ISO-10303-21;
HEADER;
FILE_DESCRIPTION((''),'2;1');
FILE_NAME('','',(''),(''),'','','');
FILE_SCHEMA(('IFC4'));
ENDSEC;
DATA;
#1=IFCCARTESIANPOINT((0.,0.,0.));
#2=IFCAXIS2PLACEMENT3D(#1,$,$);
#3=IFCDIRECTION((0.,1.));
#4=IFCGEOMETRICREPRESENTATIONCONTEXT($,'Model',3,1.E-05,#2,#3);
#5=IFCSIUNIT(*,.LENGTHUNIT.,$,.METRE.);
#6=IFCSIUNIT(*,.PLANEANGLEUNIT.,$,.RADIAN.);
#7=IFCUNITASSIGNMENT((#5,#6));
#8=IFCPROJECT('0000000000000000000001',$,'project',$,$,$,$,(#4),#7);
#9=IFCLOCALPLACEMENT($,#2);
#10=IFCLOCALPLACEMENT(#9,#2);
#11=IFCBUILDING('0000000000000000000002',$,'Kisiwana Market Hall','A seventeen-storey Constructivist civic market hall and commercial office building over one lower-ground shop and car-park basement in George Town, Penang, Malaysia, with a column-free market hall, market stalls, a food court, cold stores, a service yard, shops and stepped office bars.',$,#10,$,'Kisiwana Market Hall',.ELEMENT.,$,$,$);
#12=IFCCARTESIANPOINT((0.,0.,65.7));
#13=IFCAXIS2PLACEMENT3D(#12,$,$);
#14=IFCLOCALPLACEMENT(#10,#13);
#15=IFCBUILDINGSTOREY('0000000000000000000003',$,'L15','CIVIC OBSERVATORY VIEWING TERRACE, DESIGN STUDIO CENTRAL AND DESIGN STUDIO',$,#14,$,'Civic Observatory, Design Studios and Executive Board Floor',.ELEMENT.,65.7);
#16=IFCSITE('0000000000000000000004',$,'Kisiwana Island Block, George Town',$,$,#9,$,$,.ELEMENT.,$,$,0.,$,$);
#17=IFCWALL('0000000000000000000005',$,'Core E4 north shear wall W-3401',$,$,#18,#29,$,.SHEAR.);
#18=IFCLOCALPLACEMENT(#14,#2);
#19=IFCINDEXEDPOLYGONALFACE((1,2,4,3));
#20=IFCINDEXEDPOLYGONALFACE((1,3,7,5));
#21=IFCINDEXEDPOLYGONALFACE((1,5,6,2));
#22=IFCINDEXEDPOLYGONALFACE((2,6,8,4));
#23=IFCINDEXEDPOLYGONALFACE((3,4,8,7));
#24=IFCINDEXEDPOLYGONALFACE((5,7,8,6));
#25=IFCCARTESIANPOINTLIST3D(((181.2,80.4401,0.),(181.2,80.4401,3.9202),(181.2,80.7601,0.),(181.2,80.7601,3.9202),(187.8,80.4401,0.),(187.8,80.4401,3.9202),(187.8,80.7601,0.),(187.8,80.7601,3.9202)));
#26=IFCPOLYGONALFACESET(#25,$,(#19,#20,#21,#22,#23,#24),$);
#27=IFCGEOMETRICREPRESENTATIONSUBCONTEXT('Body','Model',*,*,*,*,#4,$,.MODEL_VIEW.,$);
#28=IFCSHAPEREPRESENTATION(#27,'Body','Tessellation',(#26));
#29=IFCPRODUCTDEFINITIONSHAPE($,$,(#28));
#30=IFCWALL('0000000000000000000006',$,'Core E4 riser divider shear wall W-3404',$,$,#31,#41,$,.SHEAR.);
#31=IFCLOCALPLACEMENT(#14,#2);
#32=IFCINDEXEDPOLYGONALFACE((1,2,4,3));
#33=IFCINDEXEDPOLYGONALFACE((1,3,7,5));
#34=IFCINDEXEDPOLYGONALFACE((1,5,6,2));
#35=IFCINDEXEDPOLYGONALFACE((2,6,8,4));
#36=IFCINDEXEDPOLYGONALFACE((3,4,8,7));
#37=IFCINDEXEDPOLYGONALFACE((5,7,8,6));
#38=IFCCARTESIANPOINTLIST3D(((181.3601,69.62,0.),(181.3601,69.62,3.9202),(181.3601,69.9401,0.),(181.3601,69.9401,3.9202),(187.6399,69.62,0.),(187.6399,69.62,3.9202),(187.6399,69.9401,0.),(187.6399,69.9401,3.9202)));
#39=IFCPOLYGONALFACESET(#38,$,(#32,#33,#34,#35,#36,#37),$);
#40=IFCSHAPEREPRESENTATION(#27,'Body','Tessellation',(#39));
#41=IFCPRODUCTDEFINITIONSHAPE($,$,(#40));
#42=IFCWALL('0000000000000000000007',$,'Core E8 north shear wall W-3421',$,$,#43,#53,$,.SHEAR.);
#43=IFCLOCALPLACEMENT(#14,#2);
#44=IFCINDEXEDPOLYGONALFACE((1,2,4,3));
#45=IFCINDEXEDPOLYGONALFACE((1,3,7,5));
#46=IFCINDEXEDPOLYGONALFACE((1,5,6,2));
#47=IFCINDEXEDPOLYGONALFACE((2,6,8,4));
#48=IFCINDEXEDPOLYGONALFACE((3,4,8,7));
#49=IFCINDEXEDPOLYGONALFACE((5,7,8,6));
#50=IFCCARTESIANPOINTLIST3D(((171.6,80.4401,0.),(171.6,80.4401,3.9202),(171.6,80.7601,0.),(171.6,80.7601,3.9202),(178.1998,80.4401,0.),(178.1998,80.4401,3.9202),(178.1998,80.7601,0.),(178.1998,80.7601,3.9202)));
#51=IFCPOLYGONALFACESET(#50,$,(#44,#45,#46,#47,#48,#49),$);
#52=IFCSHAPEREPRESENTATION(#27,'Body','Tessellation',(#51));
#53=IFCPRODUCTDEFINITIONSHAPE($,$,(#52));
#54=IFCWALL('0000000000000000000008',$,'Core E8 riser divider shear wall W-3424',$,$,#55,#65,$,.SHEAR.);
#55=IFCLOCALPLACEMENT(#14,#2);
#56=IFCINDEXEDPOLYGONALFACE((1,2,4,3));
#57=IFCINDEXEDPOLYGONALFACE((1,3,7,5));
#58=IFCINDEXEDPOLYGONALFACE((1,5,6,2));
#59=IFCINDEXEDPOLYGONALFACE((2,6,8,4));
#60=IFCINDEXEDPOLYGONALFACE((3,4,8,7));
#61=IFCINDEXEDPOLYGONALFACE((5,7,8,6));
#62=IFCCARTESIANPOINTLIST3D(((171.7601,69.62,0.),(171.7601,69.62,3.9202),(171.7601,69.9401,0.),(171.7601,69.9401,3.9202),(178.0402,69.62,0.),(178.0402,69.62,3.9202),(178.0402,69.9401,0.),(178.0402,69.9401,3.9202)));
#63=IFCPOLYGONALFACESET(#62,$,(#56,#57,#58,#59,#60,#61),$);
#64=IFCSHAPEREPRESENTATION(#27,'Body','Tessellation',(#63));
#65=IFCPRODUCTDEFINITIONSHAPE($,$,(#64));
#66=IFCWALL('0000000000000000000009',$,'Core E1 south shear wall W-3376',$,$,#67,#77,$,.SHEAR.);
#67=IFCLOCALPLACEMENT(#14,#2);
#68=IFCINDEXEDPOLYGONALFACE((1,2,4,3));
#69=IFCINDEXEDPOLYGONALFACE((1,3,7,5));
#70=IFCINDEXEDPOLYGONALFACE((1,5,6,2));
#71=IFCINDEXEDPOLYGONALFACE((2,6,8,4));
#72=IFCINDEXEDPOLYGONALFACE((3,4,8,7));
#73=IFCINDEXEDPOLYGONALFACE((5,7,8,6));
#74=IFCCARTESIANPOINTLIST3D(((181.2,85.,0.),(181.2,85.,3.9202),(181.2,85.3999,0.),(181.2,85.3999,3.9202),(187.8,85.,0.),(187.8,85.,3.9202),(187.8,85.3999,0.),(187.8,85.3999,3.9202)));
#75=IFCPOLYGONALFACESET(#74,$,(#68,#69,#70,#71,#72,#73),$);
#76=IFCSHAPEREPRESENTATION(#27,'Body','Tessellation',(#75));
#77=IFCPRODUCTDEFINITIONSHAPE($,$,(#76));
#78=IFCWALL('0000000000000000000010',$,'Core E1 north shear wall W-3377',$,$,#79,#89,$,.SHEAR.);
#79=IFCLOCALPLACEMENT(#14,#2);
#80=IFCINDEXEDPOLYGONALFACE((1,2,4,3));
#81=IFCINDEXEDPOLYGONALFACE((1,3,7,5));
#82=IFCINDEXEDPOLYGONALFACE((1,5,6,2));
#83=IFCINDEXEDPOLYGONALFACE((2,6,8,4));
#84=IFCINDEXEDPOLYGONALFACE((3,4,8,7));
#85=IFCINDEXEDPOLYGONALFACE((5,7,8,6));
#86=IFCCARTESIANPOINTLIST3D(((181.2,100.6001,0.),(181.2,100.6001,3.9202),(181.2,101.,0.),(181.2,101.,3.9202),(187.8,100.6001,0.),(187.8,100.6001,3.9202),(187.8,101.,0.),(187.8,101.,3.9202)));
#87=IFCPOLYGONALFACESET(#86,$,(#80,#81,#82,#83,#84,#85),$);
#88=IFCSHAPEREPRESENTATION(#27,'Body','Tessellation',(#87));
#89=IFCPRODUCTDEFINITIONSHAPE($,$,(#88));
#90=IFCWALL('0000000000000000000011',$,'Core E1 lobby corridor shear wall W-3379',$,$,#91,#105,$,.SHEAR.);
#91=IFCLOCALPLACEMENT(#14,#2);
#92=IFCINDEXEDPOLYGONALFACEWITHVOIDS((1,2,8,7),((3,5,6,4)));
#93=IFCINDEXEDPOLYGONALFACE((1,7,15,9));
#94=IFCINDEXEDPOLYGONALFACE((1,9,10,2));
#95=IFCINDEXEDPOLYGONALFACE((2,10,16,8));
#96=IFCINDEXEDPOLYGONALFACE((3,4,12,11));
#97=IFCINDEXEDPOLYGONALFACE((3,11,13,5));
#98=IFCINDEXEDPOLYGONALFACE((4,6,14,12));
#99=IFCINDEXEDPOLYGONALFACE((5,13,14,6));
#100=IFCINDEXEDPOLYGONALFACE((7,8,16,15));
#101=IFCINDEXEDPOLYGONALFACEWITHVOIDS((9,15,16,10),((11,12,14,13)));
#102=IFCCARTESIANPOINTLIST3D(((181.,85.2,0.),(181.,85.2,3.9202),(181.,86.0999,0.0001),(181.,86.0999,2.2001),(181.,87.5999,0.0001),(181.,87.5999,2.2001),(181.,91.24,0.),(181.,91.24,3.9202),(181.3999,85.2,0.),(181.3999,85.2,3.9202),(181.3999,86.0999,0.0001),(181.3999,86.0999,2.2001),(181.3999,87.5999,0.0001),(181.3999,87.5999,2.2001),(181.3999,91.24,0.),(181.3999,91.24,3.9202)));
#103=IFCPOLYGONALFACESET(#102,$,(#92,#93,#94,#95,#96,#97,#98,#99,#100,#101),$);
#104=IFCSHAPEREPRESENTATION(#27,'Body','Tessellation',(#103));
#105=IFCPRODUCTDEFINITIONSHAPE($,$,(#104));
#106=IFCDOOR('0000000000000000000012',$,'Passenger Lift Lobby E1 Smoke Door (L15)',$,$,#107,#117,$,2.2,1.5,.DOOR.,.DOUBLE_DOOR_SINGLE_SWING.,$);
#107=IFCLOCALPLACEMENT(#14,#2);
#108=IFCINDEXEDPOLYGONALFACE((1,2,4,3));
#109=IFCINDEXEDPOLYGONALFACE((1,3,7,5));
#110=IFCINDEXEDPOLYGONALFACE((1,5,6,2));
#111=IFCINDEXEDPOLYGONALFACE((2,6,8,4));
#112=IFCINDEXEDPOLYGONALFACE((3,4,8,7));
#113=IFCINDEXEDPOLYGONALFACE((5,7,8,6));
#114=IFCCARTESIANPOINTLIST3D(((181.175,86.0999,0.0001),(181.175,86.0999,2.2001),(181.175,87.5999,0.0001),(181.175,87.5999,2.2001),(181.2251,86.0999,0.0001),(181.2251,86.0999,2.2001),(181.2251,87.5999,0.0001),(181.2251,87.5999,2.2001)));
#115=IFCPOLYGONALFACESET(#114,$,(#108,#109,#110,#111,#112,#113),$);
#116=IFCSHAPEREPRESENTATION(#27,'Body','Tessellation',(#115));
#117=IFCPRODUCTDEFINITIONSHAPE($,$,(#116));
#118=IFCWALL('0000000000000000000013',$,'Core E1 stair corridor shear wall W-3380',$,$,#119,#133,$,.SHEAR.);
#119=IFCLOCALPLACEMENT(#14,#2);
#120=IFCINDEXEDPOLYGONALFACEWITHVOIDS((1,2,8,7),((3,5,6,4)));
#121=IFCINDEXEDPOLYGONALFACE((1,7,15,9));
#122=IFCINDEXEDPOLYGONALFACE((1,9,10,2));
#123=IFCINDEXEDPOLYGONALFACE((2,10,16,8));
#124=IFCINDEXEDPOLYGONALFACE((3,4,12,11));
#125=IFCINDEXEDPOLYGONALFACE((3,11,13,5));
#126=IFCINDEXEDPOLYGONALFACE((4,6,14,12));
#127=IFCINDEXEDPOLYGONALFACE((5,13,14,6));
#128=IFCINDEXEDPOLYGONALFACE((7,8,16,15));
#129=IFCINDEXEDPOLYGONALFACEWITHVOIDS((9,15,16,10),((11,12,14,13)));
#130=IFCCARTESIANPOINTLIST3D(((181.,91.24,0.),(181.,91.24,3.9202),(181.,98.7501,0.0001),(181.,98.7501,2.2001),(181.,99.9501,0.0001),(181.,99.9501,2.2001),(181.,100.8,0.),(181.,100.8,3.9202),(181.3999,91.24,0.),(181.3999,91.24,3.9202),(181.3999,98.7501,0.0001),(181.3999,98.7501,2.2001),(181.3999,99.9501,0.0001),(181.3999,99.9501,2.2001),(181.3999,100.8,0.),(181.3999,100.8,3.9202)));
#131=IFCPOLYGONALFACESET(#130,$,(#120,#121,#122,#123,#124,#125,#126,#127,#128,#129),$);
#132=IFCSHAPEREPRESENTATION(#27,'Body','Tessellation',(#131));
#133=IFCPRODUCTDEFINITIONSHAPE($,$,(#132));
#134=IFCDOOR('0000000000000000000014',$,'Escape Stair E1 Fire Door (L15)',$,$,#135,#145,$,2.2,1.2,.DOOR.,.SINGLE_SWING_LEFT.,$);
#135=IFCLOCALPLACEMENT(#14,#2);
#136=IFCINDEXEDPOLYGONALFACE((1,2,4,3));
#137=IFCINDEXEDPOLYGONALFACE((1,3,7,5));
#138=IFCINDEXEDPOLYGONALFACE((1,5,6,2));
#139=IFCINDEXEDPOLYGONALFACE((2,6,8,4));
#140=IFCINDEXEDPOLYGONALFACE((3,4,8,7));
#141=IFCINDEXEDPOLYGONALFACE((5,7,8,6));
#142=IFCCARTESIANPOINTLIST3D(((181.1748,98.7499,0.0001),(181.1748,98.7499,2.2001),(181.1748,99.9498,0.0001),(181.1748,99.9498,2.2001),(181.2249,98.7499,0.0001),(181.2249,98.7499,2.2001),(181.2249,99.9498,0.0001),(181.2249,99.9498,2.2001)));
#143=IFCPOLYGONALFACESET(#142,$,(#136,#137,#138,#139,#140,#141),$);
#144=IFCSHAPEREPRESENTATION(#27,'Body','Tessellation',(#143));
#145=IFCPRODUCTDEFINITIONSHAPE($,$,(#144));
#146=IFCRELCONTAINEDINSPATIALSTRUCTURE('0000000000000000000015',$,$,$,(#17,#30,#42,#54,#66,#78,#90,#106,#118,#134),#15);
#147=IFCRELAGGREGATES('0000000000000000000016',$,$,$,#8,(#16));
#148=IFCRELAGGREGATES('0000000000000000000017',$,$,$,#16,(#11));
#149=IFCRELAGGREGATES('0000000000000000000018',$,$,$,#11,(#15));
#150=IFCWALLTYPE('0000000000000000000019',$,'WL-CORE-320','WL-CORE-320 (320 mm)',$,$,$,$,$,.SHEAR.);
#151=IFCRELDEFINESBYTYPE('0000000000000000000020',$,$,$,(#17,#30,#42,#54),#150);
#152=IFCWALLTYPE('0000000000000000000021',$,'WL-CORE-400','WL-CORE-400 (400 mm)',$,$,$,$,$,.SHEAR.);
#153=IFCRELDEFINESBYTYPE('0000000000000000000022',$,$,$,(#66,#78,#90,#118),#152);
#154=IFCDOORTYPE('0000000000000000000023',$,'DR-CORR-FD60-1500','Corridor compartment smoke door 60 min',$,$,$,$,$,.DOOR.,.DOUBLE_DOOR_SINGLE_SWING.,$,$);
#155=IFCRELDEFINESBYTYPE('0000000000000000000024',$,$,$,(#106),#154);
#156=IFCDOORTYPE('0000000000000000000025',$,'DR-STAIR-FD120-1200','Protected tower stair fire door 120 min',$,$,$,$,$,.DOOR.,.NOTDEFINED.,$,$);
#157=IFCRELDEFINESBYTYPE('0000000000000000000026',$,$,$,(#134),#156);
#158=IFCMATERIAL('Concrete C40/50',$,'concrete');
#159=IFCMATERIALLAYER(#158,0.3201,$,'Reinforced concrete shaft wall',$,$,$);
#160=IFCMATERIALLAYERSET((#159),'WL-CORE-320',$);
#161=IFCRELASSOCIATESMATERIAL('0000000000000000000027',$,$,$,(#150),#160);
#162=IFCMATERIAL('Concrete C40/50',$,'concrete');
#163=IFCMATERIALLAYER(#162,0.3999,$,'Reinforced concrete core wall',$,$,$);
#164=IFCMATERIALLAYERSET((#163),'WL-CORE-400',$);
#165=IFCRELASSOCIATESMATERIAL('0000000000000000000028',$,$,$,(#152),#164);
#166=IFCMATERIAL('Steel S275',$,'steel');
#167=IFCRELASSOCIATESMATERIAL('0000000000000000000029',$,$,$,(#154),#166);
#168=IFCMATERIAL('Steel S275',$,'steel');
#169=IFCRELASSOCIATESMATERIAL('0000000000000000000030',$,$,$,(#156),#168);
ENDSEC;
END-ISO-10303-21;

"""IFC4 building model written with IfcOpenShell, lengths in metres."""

from ifc_helpers import new_model, si_unit, direction, frame, frame_2d, origin, place, context, subcontext, project, spatial, rectangle, extrude, material, layer, layer_set, type_object, element, fill, save


model = new_model("IFC4")

# Units and contexts
model_context = context("Model", 3, precision=1e-05, world=origin(), true_north=direction((0.0, 1.0)))
body_context = subcontext(model_context, "Body", "Model", "MODEL_VIEW")
ifc_project = project(units=[si_unit("LENGTHUNIT", "METRE"), si_unit("PLANEANGLEUNIT", "RADIAN")], contexts=[model_context])

# Site, building, storey
site_placement = place(None, origin())
site = spatial("IfcSite", under=ifc_project, at=site_placement, Name="Kisiwana Island Block, George Town", CompositionType="ELEMENT", RefElevation=0.0)
building_placement = place(site_placement, origin())
building = spatial("IfcBuilding", under=site, at=building_placement, Name="Kisiwana Market Hall", Description="A seventeen-storey Constructivist civic market hall and commercial office building over one lower-ground shop and car-park basement in George Town, Penang, Malaysia, with a column-free market hall, market stalls, a food court, cold stores, a service yard, shops and stepped office bars.", LongName="Kisiwana Market Hall", CompositionType="ELEMENT")
storey_placement = place(building_placement, frame((0.0, 0.0, 65.7)))
storey = spatial("IfcBuildingStorey", under=building, at=storey_placement, Name="L15", Description="CIVIC OBSERVATORY VIEWING TERRACE, DESIGN STUDIO CENTRAL AND DESIGN STUDIO", LongName="Civic Observatory, Design Studios and Executive Board Floor", CompositionType="ELEMENT", Elevation=65.7)

# Walls
ifc_material_1 = material(Name="Concrete C40/50", Category="concrete")
ifc_layer_1 = layer(ifc_material_1, 0.3201, Name="Reinforced concrete shaft wall")
ifc_layer_set_1 = layer_set([ifc_layer_1], Name="WL-CORE-320")
wall_type_1 = type_object("IfcWallType", Name="WL-CORE-320", Description="WL-CORE-320 (320 mm)", PredefinedType="SHEAR", material=ifc_layer_set_1)
wall_1_placement = place(storey_placement, frame((181.2, 80.6001, 0.0), z_axis=(0.0, 0.0, 1.0), x_axis=(1.0, 0.0, 0.0)))
element("IfcWall", 1, at=wall_1_placement, inside=storey, type_object=wall_type_1, Name="Core E4 north shear wall W-3401", PredefinedType="SHEAR", context=body_context, shape_type="SweptSolid", body=[
    extrude(rectangle(XDim=6.6001, YDim=0.3201, at=frame_2d((3.3, 0.0))), origin(), (0.0, 0.0, 1.0), 3.9202),
])
wall_2_placement = place(storey_placement, frame((181.3601, 69.78, 0.0), z_axis=(0.0, 0.0, 1.0), x_axis=(1.0, 0.0, 0.0)))
element("IfcWall", 2, at=wall_2_placement, inside=storey, type_object=wall_type_1, Name="Core E4 riser divider shear wall W-3404", PredefinedType="SHEAR", context=body_context, shape_type="SweptSolid", body=[
    extrude(rectangle(XDim=6.2798, YDim=0.3201, at=frame_2d((3.1399, 0.0))), origin(), (0.0, 0.0, 1.0), 3.9202),
])
wall_3_placement = place(storey_placement, frame((171.6001, 80.6001, 0.0), z_axis=(0.0, 0.0, 1.0), x_axis=(1.0, 0.0, 0.0)))
element("IfcWall", 3, at=wall_3_placement, inside=storey, type_object=wall_type_1, Name="Core E8 north shear wall W-3421", PredefinedType="SHEAR", context=body_context, shape_type="SweptSolid", body=[
    extrude(rectangle(XDim=6.5999, YDim=0.3201, at=frame_2d((3.2998, 0.0))), origin(), (0.0, 0.0, 1.0), 3.9202),
])
wall_4_placement = place(storey_placement, frame((171.76, 69.78, 0.0), z_axis=(0.0, 0.0, 1.0), x_axis=(1.0, 0.0, 0.0)))
element("IfcWall", 4, at=wall_4_placement, inside=storey, type_object=wall_type_1, Name="Core E8 riser divider shear wall W-3424", PredefinedType="SHEAR", context=body_context, shape_type="SweptSolid", body=[
    extrude(rectangle(XDim=6.28, YDim=0.3201, at=frame_2d((3.1401, 0.0))), origin(), (0.0, 0.0, 1.0), 3.9202),
])
ifc_material_2 = material(Name="Concrete C40/50", Category="concrete")
ifc_layer_2 = layer(ifc_material_2, 0.3999, Name="Reinforced concrete core wall")
ifc_layer_set_2 = layer_set([ifc_layer_2], Name="WL-CORE-400")
wall_type_2 = type_object("IfcWallType", Name="WL-CORE-400", Description="WL-CORE-400 (400 mm)", PredefinedType="SHEAR", material=ifc_layer_set_2)
for number, where, z_axis, x_axis, name in (
    (5, (181.2, 85.2, 0.0), (0.0, 0.0, 1.0), (1.0, 0.0, 0.0), "Core E1 south shear wall W-3376"),
    (6, (181.2, 100.8, 0.0), (0.0, 0.0, 1.0), (1.0, 0.0, 0.0), "Core E1 north shear wall W-3377"),
):
    element("IfcWall", number, at=place(storey_placement, frame(where, z_axis=z_axis, x_axis=x_axis)), inside=storey, type_object=wall_type_2, Name=name, PredefinedType="SHEAR", context=body_context, shape_type="SweptSolid", body=[
        extrude(rectangle(XDim=6.6001, YDim=0.3999, at=frame_2d((3.3, 0.0))), origin(), (0.0, 0.0, 1.0), 3.9202),
    ])

# Walls, openings, doors
wall_5_placement = place(storey_placement, frame((181.2, 85.2, 0.0), z_axis=(0.0, 0.0, 1.0), x_axis=(0.0, 1.0, 0.0)))
wall_5 = element("IfcWall", 7, at=wall_5_placement, inside=storey, type_object=wall_type_2, Name="Core E1 lobby corridor shear wall W-3379", PredefinedType="SHEAR", context=body_context, shape_type="SweptSolid", body=[
    extrude(rectangle(XDim=6.04, YDim=0.3999, at=frame_2d((3.02, 0.0))), origin(), (0.0, 0.0, 1.0), 3.9202),
])
opening_1_placement = place(wall_5_placement, frame((0.8999, 0.0, 0.0)))
opening_1 = element("IfcOpeningElement", 8, at=opening_1_placement, cuts=wall_5, PredefinedType="OPENING", context=body_context, shape_type="SweptSolid", body=[
    extrude(rectangle(XDim=1.5, YDim=2.2, at=frame_2d((0.75, 1.1001))), frame((0.0, 0.2119, 0.0), z_axis=(0.0, -1.0, 0.0), x_axis=(1.0, 0.0, 0.0)), (0.0, 0.0, 1.0), 0.4238),
])
ifc_material_3 = material(Name="Steel S275", Category="steel")
door_type_1 = type_object("IfcDoorType", Name="DR-CORR-FD60-1500", Description="Corridor compartment smoke door 60 min", OperationType="DOUBLE_DOOR_SINGLE_SWING", PredefinedType="DOOR", material=ifc_material_3)
door_1_placement = place(opening_1_placement, origin())
door_1 = element("IfcDoor", 9, at=door_1_placement, inside=storey, type_object=door_type_1, Name="Passenger Lift Lobby E1 Smoke Door (L15)", OperationType="DOUBLE_DOOR_SINGLE_SWING", OverallHeight=2.2, OverallWidth=1.5, PredefinedType="DOOR", context=body_context, shape_type="SweptSolid", body=[
    extrude(rectangle(XDim=1.5, YDim=2.2, at=frame_2d((0.75, 1.1001))), frame((0.0, 0.0249, 0.0), z_axis=(0.0, -1.0, 0.0), x_axis=(1.0, 0.0, 0.0)), (0.0, 0.0, 1.0), 0.05),
])
fill(opening_1, door_1)
wall_6_placement = place(storey_placement, frame((181.2, 91.24, 0.0), z_axis=(0.0, 0.0, 1.0), x_axis=(0.0, 1.0, 0.0)))
wall_6 = element("IfcWall", 10, at=wall_6_placement, inside=storey, type_object=wall_type_2, Name="Core E1 stair corridor shear wall W-3380", PredefinedType="SHEAR", context=body_context, shape_type="SweptSolid", body=[
    extrude(rectangle(XDim=9.5601, YDim=0.3999, at=frame_2d((4.78, 0.0))), origin(), (0.0, 0.0, 1.0), 3.9202),
])
opening_2_placement = place(wall_6_placement, frame((7.51, 0.0, 0.0)))
opening_2 = element("IfcOpeningElement", 11, at=opening_2_placement, cuts=wall_6, PredefinedType="OPENING", context=body_context, shape_type="SweptSolid", body=[
    extrude(rectangle(XDim=1.2, YDim=2.2, at=frame_2d((0.6001, 1.1001))), frame((0.0, 0.2119, 0.0), z_axis=(0.0, -1.0, 0.0), x_axis=(1.0, 0.0, 0.0)), (0.0, 0.0, 1.0), 0.4238),
])
ifc_material_4 = material(Name="Steel S275", Category="steel")
door_type_2 = type_object("IfcDoorType", Name="DR-STAIR-FD120-1200", Description="Protected tower stair fire door 120 min", OperationType="NOTDEFINED", PredefinedType="DOOR", material=ifc_material_4)
door_2_placement = place(opening_2_placement, frame((1.2, 0.0, 0.0), z_axis=(0.0, 0.0, 1.0), x_axis=(-1.0, 0.0, 0.0)))
door_2 = element("IfcDoor", 12, at=door_2_placement, inside=storey, type_object=door_type_2, Name="Escape Stair E1 Fire Door (L15)", OperationType="SINGLE_SWING_LEFT", OverallHeight=2.2, OverallWidth=1.2, PredefinedType="DOOR", context=body_context, shape_type="SweptSolid", body=[
    extrude(rectangle(XDim=1.2, YDim=2.2, at=frame_2d((0.6001, 1.1001))), frame((0.0, 0.0249, 0.0), z_axis=(0.0, -1.0, 0.0), x_axis=(1.0, 0.0, 0.0)), (0.0, 0.0, 1.0), 0.05),
])
fill(opening_2, door_2)

save(model, "model.ifc")
